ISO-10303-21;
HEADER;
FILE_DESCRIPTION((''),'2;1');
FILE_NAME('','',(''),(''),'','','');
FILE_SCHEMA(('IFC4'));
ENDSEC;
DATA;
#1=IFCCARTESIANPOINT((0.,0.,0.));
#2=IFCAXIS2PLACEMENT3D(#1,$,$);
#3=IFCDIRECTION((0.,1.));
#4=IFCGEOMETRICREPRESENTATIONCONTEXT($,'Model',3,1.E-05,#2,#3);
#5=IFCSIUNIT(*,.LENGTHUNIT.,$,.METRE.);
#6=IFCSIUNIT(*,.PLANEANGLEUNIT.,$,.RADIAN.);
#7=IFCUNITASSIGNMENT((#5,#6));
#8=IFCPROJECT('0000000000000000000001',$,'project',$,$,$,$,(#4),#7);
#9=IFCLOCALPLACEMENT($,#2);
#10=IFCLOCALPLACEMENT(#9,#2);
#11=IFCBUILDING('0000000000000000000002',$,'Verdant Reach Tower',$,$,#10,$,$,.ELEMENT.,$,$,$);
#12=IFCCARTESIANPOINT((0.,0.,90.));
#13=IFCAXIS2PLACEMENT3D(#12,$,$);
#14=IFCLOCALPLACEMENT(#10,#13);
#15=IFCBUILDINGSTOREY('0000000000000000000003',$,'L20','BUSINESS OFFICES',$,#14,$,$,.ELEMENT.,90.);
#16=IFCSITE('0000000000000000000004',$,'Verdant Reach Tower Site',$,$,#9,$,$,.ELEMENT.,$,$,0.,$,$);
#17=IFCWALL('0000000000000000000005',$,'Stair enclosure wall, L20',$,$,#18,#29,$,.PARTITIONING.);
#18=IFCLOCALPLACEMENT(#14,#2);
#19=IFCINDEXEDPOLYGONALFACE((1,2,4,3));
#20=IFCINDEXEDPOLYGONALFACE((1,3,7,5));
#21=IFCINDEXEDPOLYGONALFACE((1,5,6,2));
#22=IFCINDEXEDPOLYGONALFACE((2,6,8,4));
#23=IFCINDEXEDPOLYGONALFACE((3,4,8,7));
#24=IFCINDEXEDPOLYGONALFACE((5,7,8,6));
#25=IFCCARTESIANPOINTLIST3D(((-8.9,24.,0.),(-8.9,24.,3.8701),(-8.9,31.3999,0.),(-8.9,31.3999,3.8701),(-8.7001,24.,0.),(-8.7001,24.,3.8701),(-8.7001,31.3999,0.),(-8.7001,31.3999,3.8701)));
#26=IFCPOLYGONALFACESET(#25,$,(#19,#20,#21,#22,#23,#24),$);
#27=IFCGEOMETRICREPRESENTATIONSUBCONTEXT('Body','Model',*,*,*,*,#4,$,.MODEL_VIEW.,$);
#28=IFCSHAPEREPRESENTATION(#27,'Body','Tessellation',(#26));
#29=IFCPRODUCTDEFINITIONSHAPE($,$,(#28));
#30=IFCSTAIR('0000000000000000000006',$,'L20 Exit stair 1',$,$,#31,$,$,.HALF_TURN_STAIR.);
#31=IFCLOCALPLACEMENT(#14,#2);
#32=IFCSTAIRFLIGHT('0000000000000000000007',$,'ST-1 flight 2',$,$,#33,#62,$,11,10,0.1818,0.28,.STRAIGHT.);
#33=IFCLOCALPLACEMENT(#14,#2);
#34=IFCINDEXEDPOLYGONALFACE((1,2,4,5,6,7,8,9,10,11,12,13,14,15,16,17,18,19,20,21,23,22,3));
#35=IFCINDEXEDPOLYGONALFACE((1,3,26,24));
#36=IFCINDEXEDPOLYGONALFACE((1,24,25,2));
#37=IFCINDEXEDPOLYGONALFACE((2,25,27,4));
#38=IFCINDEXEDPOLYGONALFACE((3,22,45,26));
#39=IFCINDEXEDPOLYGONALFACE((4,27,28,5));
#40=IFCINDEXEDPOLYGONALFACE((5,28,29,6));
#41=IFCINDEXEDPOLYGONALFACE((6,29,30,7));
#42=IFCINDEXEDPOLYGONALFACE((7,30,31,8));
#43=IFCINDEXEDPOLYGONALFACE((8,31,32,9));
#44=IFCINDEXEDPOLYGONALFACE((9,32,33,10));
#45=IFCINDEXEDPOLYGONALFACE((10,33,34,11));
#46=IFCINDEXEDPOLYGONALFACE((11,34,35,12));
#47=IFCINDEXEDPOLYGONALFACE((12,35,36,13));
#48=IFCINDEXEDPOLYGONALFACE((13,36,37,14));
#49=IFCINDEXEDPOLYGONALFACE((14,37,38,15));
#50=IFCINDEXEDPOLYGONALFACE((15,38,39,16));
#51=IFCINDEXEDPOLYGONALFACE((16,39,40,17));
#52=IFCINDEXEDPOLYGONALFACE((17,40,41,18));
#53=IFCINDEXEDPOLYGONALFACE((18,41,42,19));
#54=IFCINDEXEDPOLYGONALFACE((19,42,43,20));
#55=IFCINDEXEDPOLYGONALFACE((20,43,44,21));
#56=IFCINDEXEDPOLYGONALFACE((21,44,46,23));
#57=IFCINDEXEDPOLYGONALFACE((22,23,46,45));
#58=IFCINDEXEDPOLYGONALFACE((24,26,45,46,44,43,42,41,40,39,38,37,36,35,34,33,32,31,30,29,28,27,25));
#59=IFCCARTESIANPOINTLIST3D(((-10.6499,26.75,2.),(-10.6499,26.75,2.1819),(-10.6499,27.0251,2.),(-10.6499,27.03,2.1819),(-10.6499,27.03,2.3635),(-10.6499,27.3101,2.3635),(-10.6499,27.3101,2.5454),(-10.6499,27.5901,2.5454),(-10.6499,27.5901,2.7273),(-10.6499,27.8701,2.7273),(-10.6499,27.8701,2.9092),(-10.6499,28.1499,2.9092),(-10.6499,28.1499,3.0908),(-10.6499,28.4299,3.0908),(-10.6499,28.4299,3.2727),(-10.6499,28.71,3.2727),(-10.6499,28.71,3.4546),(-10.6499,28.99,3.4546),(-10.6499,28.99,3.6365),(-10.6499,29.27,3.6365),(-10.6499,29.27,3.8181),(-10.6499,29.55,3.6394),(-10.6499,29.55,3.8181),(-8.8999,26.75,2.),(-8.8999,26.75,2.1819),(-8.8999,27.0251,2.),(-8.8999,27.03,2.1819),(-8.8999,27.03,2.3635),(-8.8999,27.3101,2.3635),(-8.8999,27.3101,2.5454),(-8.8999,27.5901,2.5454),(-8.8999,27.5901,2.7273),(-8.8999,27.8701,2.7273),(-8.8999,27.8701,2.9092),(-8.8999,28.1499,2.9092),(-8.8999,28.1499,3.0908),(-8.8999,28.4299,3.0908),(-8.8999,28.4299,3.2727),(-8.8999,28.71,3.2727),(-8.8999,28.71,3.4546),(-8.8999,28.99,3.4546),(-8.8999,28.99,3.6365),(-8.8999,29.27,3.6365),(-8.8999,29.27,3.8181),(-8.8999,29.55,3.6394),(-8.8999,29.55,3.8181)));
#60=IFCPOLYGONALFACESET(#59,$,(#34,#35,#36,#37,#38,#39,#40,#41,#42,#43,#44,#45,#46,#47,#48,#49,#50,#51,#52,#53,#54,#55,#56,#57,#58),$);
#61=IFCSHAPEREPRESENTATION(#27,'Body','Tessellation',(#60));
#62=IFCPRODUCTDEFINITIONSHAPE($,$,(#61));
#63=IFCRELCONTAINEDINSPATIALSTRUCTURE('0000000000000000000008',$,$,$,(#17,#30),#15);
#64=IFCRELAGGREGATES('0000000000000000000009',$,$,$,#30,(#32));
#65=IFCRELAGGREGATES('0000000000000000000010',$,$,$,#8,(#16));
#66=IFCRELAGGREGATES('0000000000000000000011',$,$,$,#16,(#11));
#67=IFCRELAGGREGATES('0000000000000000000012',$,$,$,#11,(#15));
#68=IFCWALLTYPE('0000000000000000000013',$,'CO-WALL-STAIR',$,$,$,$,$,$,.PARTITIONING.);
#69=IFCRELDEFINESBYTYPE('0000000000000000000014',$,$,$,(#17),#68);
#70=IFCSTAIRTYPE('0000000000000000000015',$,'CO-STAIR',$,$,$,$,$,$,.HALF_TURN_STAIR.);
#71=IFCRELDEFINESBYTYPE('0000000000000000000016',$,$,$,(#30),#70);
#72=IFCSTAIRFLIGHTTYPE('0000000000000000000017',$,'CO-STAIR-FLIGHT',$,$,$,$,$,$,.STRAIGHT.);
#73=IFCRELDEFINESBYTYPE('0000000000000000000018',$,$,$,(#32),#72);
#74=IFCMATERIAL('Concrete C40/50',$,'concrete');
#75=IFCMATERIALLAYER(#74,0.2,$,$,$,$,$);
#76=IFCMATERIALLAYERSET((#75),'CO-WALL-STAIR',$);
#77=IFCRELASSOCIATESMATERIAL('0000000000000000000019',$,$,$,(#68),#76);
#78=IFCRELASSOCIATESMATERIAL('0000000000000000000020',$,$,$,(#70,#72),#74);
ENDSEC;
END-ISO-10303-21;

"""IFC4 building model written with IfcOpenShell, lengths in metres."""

from ifc_helpers import new_model, si_unit, direction, frame, frame_2d, origin, place, context, subcontext, project, spatial, polyline, rectangle, outline, extrude, material, layer, layer_set, type_object, element, aggregate, save


model = new_model("IFC4")

# Units and contexts
model_context = context("Model", 3, precision=1e-05, world=origin(), true_north=direction((0.0, 1.0)))
body_context = subcontext(model_context, "Body", "Model", "MODEL_VIEW")
ifc_project = project(units=[si_unit("LENGTHUNIT", "METRE"), si_unit("PLANEANGLEUNIT", "RADIAN")], contexts=[model_context])

# Site, building, storey
site_placement = place(None, origin())
site = spatial("IfcSite", under=ifc_project, at=site_placement, Name="Verdant Reach Tower Site", CompositionType="ELEMENT", RefElevation=0.0)
building_placement = place(site_placement, origin())
building = spatial("IfcBuilding", under=site, at=building_placement, Name="Verdant Reach Tower", CompositionType="ELEMENT")
storey_placement = place(building_placement, frame((0.0, 0.0, 90.0)))
storey = spatial("IfcBuildingStorey", under=building, at=storey_placement, Name="L20", Description="BUSINESS OFFICES", CompositionType="ELEMENT", Elevation=90.0)

# Shared definitions
ifc_material_1 = material(Name="Concrete C40/50", Category="concrete")

# Shared definitions
ifc_layer_1 = layer(ifc_material_1, 0.2)
ifc_layer_set_1 = layer_set([ifc_layer_1], Name="CO-WALL-STAIR")
wall_type_1 = type_object("IfcWallType", Name="CO-WALL-STAIR", PredefinedType="PARTITIONING", material=ifc_layer_set_1)

# Wall
wall_1_placement = place(storey_placement, frame((-8.8, 24.0, 0.0), z_axis=(0.0, 0.0, 1.0), x_axis=(0.0, 1.0, 0.0)))
element("IfcWall", 1, at=wall_1_placement, inside=storey, type_object=wall_type_1, Name="Stair enclosure wall, L20", PredefinedType="PARTITIONING", context=body_context, shape_type="SweptSolid", body=[
    extrude(rectangle(XDim=7.3999, YDim=0.2, at=frame_2d((3.7, 0.0))), origin(), (0.0, 0.0, 1.0), 3.8701),
])

# Stair, stair flight
stair_type = type_object("IfcStairType", Name="CO-STAIR", PredefinedType="HALF_TURN_STAIR", material=ifc_material_1)
stair_placement = place(storey_placement, origin())
stair = element("IfcStair", 2, at=stair_placement, inside=storey, type_object=stair_type, Name="L20 Exit stair 1", PredefinedType="HALF_TURN_STAIR")
stair_flight_type = type_object("IfcStairFlightType", Name="CO-STAIR-FLIGHT", PredefinedType="STRAIGHT", material=ifc_material_1)
stair_flight_placement = place(storey_placement, frame((-9.7749, 26.75, 2.0), z_axis=(0.0, 0.0, 1.0), x_axis=(0.0, 1.0, 0.0)))
stair_flight = element("IfcStairFlight", 3, at=stair_flight_placement, type_object=stair_flight_type, Name="ST-1 flight 2", NumberOfRisers=11, NumberOfTreads=10, PredefinedType="STRAIGHT", RiserHeight=0.1818, TreadLength=0.28, context=body_context, shape_type="SweptSolid", body=[
    extrude(outline(polyline([(0.0, 0.0), (0.0, 0.1819), (0.28, 0.1819), (0.28, 0.3635), (0.5601, 0.3635), (0.5601, 0.5454), (0.8401, 0.5454), (0.8401, 0.7273), (1.1201, 0.7273), (1.1201, 0.9092), (1.3999, 0.9092), (1.3999, 1.0908), (1.6799, 1.0908), (1.6799, 1.2727), (1.96, 1.2727), (1.96, 1.4546), (2.24, 1.4546), (2.24, 1.6365), (2.52, 1.6365), (2.52, 1.8181), (2.8, 1.8181), (2.8, 2.0), (2.8, 1.6394), (0.2751, 0.0), (0.0, 0.0)])), frame((0.0, 0.875, 0.0), z_axis=(0.0, -1.0, 0.0), x_axis=(1.0, 0.0, 0.0)), (0.0, 0.0, 1.0), 1.75),
])
aggregate(stair, [stair_flight])

save(model, "model.ifc")
